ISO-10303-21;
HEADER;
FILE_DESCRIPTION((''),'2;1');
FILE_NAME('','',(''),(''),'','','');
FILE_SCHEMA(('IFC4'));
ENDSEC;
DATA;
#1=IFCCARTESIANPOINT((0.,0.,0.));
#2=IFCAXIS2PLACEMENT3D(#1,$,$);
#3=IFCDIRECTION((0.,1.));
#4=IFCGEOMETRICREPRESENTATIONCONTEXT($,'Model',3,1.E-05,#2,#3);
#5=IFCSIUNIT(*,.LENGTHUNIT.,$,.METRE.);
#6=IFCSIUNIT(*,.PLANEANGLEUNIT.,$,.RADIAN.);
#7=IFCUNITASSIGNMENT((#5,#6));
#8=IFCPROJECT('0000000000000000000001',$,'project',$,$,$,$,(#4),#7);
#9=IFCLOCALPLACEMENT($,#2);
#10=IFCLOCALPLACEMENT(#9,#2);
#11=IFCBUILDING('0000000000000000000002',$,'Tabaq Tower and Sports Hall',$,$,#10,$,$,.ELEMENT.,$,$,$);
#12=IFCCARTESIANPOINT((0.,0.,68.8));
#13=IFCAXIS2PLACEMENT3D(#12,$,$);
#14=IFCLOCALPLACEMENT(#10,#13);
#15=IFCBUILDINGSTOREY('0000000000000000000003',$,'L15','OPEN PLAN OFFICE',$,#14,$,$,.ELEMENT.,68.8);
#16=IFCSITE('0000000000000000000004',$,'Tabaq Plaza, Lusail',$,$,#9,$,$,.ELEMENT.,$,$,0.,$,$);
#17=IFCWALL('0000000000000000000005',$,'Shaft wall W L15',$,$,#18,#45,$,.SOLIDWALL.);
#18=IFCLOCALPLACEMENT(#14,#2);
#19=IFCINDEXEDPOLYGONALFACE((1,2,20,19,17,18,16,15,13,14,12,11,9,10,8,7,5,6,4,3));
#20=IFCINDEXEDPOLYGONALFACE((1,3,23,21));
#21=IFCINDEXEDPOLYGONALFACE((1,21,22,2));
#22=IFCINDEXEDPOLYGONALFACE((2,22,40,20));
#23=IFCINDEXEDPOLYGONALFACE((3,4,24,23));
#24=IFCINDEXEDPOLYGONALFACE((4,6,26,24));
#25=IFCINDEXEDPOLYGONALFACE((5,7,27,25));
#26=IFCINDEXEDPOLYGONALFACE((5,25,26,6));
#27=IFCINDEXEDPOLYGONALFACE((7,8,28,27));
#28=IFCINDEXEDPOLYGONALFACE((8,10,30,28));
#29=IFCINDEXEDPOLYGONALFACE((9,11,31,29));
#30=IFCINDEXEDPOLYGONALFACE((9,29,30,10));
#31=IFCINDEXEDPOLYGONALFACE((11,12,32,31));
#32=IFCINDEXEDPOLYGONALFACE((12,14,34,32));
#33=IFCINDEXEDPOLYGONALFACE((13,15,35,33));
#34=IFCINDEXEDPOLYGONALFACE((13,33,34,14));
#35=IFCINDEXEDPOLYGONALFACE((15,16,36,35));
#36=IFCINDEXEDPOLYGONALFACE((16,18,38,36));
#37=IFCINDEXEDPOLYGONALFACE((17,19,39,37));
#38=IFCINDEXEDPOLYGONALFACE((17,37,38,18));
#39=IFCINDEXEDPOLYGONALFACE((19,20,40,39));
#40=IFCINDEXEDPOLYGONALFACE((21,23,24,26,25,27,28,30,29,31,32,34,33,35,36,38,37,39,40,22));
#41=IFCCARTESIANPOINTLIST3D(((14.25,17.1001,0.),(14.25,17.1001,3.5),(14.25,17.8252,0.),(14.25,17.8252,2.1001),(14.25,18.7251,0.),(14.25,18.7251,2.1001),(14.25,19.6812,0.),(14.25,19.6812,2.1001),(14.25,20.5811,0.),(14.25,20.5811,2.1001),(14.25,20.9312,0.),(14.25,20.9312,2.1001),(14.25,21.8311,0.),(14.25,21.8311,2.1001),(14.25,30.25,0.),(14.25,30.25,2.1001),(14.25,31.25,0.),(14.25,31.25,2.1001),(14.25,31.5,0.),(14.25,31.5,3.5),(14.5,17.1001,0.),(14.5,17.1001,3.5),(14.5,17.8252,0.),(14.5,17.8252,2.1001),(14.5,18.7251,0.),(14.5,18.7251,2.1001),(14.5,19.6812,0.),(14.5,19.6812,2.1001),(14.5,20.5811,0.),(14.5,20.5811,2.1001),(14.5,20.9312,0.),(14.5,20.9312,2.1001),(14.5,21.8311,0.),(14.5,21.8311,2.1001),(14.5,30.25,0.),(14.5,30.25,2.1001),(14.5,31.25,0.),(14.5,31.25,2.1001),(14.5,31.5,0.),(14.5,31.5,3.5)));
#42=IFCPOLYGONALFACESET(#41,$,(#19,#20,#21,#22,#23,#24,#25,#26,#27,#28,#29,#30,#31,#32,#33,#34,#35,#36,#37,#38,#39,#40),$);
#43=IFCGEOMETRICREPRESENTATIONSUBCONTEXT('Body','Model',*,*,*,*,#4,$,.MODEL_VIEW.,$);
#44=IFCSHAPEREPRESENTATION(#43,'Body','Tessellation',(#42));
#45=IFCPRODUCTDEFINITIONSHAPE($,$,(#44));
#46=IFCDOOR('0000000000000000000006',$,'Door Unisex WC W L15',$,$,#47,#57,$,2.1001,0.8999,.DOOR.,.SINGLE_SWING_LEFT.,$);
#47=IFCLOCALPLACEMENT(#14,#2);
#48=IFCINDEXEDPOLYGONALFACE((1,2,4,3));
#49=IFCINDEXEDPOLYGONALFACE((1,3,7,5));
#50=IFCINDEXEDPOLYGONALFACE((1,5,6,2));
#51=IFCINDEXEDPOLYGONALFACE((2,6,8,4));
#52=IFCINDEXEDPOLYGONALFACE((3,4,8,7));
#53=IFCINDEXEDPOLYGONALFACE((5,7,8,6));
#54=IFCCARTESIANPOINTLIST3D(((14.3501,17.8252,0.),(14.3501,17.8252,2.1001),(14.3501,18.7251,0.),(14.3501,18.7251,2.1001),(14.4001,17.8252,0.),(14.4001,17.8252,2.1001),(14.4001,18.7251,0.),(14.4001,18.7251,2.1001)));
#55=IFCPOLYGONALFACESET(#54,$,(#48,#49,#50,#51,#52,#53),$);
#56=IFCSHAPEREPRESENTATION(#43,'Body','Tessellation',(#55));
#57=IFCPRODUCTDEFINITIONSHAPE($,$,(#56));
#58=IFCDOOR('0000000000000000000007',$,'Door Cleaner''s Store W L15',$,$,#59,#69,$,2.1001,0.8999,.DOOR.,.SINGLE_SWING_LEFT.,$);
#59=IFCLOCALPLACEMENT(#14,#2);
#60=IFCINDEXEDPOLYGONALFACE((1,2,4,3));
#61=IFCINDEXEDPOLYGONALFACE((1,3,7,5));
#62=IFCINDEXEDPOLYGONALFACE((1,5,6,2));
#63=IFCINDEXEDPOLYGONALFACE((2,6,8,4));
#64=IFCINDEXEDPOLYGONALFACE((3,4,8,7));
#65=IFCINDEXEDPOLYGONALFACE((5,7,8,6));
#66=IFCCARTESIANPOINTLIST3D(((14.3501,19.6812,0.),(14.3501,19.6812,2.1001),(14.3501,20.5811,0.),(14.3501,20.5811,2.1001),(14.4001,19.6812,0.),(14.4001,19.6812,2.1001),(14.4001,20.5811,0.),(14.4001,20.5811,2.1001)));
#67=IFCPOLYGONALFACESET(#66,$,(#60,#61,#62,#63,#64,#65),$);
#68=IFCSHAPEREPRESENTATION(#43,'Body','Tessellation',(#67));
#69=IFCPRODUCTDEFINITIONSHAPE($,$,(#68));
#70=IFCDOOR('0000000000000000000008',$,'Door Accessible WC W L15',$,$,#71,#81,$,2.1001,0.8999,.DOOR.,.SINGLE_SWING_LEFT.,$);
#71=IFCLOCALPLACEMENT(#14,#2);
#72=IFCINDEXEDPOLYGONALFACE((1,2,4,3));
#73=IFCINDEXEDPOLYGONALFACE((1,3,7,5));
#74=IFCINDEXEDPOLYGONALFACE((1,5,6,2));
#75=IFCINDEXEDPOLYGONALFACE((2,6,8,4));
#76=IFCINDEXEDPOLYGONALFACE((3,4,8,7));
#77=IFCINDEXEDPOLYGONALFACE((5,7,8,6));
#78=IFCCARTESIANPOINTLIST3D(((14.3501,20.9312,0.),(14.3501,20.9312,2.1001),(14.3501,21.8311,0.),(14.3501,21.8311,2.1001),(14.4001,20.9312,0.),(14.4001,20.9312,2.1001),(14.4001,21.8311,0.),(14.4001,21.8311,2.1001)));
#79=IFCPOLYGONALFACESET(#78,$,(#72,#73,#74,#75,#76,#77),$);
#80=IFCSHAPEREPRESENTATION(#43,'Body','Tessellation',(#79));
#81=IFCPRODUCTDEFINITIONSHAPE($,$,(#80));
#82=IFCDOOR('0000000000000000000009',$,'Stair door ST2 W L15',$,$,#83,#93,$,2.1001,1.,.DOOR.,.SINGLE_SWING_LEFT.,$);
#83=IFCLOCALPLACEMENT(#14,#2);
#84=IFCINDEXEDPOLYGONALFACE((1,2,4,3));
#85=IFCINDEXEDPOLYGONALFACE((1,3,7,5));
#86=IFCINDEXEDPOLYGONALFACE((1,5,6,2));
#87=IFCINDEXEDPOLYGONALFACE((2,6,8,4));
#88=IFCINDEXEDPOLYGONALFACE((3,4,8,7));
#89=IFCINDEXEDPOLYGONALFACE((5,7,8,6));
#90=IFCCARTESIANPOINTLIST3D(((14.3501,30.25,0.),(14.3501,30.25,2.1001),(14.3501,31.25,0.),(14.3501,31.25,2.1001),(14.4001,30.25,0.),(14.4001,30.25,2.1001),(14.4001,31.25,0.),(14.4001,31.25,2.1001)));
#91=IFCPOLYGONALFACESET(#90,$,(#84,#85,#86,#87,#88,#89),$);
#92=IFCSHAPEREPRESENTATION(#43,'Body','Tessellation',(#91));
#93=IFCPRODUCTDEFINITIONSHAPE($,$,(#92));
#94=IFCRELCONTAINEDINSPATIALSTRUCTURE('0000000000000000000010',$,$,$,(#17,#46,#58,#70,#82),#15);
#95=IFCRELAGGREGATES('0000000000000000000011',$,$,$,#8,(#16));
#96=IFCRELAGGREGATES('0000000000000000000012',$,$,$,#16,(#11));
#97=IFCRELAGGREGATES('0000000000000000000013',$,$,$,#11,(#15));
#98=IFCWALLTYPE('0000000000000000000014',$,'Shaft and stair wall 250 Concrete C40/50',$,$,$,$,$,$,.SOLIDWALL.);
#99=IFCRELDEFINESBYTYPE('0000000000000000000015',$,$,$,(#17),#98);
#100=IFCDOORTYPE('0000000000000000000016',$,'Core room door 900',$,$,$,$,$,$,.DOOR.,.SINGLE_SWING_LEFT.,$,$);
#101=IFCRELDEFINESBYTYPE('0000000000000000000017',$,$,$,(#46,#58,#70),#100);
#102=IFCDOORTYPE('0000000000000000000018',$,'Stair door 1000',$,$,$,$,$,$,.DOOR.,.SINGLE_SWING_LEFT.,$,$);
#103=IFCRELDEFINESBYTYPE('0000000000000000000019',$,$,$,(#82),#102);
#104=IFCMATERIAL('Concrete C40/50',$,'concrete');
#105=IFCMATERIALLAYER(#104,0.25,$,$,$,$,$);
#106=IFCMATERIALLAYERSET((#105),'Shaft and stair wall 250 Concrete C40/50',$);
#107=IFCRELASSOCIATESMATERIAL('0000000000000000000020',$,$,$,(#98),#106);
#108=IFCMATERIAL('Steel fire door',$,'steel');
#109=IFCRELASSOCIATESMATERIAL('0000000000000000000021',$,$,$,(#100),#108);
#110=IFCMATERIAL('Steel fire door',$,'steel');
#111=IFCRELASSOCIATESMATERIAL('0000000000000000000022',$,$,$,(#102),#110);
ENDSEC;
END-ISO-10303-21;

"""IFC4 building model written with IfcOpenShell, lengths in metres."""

from ifc_helpers import new_model, si_unit, direction, frame, frame_2d, origin, place, context, subcontext, project, spatial, rectangle, extrude, material, layer, layer_set, type_object, element, fill, save


model = new_model("IFC4")

# Units and contexts
model_context = context("Model", 3, precision=1e-05, world=origin(), true_north=direction((0.0, 1.0)))
body_context = subcontext(model_context, "Body", "Model", "MODEL_VIEW")
ifc_project = project(units=[si_unit("LENGTHUNIT", "METRE"), si_unit("PLANEANGLEUNIT", "RADIAN")], contexts=[model_context])

# Site, building, storey
site_placement = place(None, origin())
site = spatial("IfcSite", under=ifc_project, at=site_placement, Name="Tabaq Plaza, Lusail", CompositionType="ELEMENT", RefElevation=0.0)
building_placement = place(site_placement, origin())
building = spatial("IfcBuilding", under=site, at=building_placement, Name="Tabaq Tower and Sports Hall", CompositionType="ELEMENT")
storey_placement = place(building_placement, frame((0.0, 0.0, 68.8)))
storey = spatial("IfcBuildingStorey", under=building, at=storey_placement, Name="L15", Description="OPEN PLAN OFFICE", CompositionType="ELEMENT", Elevation=68.8)

# Wall, openings, doors
ifc_material_1 = material(Name="Concrete C40/50", Category="concrete")
ifc_layer_1 = layer(ifc_material_1, 0.25)
ifc_layer_set_1 = layer_set([ifc_layer_1], Name="Shaft and stair wall 250 Concrete C40/50")
wall_type_1 = type_object("IfcWallType", Name="Shaft and stair wall 250 Concrete C40/50", PredefinedType="SOLIDWALL", material=ifc_layer_set_1)
wall_1_placement = place(storey_placement, frame((14.375, 17.1001, 0.0), z_axis=(0.0, 0.0, 1.0), x_axis=(0.0, 1.0, 0.0)))
wall_1 = element("IfcWall", 1, at=wall_1_placement, inside=storey, type_object=wall_type_1, Name="Shaft wall W L15", PredefinedType="SOLIDWALL", context=body_context, shape_type="SweptSolid", body=[
    extrude(rectangle(XDim=14.3999, YDim=0.25, at=frame_2d((7.2, 0.0))), origin(), (0.0, 0.0, 1.0), 3.5),
])
opening_1_placement = place(wall_1_placement, frame((13.1499, 0.0, 0.0)))
opening_1 = element("IfcOpeningElement", 2, at=opening_1_placement, cuts=wall_1, PredefinedType="OPENING", context=body_context, shape_type="SweptSolid", body=[
    extrude(rectangle(XDim=1.0, YDim=2.1001, at=frame_2d((0.5, 1.05))), frame((0.0, 0.125, 0.0), z_axis=(0.0, -1.0, 0.0), x_axis=(1.0, 0.0, 0.0)), (0.0, 0.0, 1.0), 0.25),
])
opening_2_placement = place(wall_1_placement, frame((0.7251, 0.0, 0.0)))
opening_2 = element("IfcOpeningElement", 3, at=opening_2_placement, cuts=wall_1, PredefinedType="OPENING", context=body_context, shape_type="SweptSolid", body=[
    extrude(rectangle(XDim=0.8999, YDim=2.1001, at=frame_2d((0.45, 1.05))), frame((0.0, 0.125, 0.0), z_axis=(0.0, -1.0, 0.0), x_axis=(1.0, 0.0, 0.0)), (0.0, 0.0, 1.0), 0.25),
])
opening_3_placement = place(wall_1_placement, frame((2.5811, 0.0, 0.0)))
opening_3 = element("IfcOpeningElement", 4, at=opening_3_placement, cuts=wall_1, PredefinedType="OPENING", context=body_context, shape_type="SweptSolid", body=[
    extrude(rectangle(XDim=0.8999, YDim=2.1001, at=frame_2d((0.45, 1.05))), frame((0.0, 0.125, 0.0), z_axis=(0.0, -1.0, 0.0), x_axis=(1.0, 0.0, 0.0)), (0.0, 0.0, 1.0), 0.25),
])
opening_4_placement = place(wall_1_placement, frame((3.8311, 0.0, 0.0)))
opening_4 = element("IfcOpeningElement", 5, at=opening_4_placement, cuts=wall_1, PredefinedType="OPENING", context=body_context, shape_type="SweptSolid", body=[
    extrude(rectangle(XDim=0.8999, YDim=2.1001, at=frame_2d((0.45, 1.05))), frame((0.0, 0.125, 0.0), z_axis=(0.0, -1.0, 0.0), x_axis=(1.0, 0.0, 0.0)), (0.0, 0.0, 1.0), 0.25),
])
ifc_material_2 = material(Name="Steel fire door", Category="steel")
door_type_1 = type_object("IfcDoorType", Name="Core room door 900", OperationType="SINGLE_SWING_LEFT", PredefinedType="DOOR", material=ifc_material_2)
door_1_placement = place(opening_2_placement, origin())
door_1 = element("IfcDoor", 6, at=door_1_placement, inside=storey, type_object=door_type_1, Name="Door Unisex WC W L15", OperationType="SINGLE_SWING_LEFT", OverallHeight=2.1001, OverallWidth=0.8999, PredefinedType="DOOR", context=body_context, shape_type="SweptSolid", body=[
    extrude(rectangle(XDim=0.8999, YDim=2.1001, at=frame_2d((0.45, 1.05))), frame((0.0, 0.0249, 0.0), z_axis=(0.0, -1.0, 0.0), x_axis=(1.0, 0.0, 0.0)), (0.0, 0.0, 1.0), 0.05),
])
fill(opening_2, door_1)
door_2_placement = place(opening_3_placement, origin())
door_2 = element("IfcDoor", 7, at=door_2_placement, inside=storey, type_object=door_type_1, Name="Door Cleaner's Store W L15", OperationType="SINGLE_SWING_LEFT", OverallHeight=2.1001, OverallWidth=0.8999, PredefinedType="DOOR", context=body_context, shape_type="SweptSolid", body=[
    extrude(rectangle(XDim=0.8999, YDim=2.1001, at=frame_2d((0.45, 1.05))), frame((0.0, 0.0249, 0.0), z_axis=(0.0, -1.0, 0.0), x_axis=(1.0, 0.0, 0.0)), (0.0, 0.0, 1.0), 0.05),
])
fill(opening_3, door_2)
door_3_placement = place(opening_4_placement, origin())
door_3 = element("IfcDoor", 8, at=door_3_placement, inside=storey, type_object=door_type_1, Name="Door Accessible WC W L15", OperationType="SINGLE_SWING_LEFT", OverallHeight=2.1001, OverallWidth=0.8999, PredefinedType="DOOR", context=body_context, shape_type="SweptSolid", body=[
    extrude(rectangle(XDim=0.8999, YDim=2.1001, at=frame_2d((0.45, 1.05))), frame((0.0, 0.0249, 0.0), z_axis=(0.0, -1.0, 0.0), x_axis=(1.0, 0.0, 0.0)), (0.0, 0.0, 1.0), 0.05),
])
fill(opening_4, door_3)
ifc_material_3 = material(Name="Steel fire door", Category="steel")
door_type_2 = type_object("IfcDoorType", Name="Stair door 1000", OperationType="SINGLE_SWING_LEFT", PredefinedType="DOOR", material=ifc_material_3)
door_4_placement = place(opening_1_placement, origin())
door_4 = element("IfcDoor", 9, at=door_4_placement, inside=storey, type_object=door_type_2, Name="Stair door ST2 W L15", OperationType="SINGLE_SWING_LEFT", OverallHeight=2.1001, OverallWidth=1.0, PredefinedType="DOOR", context=body_context, shape_type="SweptSolid", body=[
    extrude(rectangle(XDim=1.0, YDim=2.1001, at=frame_2d((0.5, 1.05))), frame((0.0, 0.0249, 0.0), z_axis=(0.0, -1.0, 0.0), x_axis=(1.0, 0.0, 0.0)), (0.0, 0.0, 1.0), 0.05),
])
fill(opening_1, door_4)

save(model, "model.ifc")
